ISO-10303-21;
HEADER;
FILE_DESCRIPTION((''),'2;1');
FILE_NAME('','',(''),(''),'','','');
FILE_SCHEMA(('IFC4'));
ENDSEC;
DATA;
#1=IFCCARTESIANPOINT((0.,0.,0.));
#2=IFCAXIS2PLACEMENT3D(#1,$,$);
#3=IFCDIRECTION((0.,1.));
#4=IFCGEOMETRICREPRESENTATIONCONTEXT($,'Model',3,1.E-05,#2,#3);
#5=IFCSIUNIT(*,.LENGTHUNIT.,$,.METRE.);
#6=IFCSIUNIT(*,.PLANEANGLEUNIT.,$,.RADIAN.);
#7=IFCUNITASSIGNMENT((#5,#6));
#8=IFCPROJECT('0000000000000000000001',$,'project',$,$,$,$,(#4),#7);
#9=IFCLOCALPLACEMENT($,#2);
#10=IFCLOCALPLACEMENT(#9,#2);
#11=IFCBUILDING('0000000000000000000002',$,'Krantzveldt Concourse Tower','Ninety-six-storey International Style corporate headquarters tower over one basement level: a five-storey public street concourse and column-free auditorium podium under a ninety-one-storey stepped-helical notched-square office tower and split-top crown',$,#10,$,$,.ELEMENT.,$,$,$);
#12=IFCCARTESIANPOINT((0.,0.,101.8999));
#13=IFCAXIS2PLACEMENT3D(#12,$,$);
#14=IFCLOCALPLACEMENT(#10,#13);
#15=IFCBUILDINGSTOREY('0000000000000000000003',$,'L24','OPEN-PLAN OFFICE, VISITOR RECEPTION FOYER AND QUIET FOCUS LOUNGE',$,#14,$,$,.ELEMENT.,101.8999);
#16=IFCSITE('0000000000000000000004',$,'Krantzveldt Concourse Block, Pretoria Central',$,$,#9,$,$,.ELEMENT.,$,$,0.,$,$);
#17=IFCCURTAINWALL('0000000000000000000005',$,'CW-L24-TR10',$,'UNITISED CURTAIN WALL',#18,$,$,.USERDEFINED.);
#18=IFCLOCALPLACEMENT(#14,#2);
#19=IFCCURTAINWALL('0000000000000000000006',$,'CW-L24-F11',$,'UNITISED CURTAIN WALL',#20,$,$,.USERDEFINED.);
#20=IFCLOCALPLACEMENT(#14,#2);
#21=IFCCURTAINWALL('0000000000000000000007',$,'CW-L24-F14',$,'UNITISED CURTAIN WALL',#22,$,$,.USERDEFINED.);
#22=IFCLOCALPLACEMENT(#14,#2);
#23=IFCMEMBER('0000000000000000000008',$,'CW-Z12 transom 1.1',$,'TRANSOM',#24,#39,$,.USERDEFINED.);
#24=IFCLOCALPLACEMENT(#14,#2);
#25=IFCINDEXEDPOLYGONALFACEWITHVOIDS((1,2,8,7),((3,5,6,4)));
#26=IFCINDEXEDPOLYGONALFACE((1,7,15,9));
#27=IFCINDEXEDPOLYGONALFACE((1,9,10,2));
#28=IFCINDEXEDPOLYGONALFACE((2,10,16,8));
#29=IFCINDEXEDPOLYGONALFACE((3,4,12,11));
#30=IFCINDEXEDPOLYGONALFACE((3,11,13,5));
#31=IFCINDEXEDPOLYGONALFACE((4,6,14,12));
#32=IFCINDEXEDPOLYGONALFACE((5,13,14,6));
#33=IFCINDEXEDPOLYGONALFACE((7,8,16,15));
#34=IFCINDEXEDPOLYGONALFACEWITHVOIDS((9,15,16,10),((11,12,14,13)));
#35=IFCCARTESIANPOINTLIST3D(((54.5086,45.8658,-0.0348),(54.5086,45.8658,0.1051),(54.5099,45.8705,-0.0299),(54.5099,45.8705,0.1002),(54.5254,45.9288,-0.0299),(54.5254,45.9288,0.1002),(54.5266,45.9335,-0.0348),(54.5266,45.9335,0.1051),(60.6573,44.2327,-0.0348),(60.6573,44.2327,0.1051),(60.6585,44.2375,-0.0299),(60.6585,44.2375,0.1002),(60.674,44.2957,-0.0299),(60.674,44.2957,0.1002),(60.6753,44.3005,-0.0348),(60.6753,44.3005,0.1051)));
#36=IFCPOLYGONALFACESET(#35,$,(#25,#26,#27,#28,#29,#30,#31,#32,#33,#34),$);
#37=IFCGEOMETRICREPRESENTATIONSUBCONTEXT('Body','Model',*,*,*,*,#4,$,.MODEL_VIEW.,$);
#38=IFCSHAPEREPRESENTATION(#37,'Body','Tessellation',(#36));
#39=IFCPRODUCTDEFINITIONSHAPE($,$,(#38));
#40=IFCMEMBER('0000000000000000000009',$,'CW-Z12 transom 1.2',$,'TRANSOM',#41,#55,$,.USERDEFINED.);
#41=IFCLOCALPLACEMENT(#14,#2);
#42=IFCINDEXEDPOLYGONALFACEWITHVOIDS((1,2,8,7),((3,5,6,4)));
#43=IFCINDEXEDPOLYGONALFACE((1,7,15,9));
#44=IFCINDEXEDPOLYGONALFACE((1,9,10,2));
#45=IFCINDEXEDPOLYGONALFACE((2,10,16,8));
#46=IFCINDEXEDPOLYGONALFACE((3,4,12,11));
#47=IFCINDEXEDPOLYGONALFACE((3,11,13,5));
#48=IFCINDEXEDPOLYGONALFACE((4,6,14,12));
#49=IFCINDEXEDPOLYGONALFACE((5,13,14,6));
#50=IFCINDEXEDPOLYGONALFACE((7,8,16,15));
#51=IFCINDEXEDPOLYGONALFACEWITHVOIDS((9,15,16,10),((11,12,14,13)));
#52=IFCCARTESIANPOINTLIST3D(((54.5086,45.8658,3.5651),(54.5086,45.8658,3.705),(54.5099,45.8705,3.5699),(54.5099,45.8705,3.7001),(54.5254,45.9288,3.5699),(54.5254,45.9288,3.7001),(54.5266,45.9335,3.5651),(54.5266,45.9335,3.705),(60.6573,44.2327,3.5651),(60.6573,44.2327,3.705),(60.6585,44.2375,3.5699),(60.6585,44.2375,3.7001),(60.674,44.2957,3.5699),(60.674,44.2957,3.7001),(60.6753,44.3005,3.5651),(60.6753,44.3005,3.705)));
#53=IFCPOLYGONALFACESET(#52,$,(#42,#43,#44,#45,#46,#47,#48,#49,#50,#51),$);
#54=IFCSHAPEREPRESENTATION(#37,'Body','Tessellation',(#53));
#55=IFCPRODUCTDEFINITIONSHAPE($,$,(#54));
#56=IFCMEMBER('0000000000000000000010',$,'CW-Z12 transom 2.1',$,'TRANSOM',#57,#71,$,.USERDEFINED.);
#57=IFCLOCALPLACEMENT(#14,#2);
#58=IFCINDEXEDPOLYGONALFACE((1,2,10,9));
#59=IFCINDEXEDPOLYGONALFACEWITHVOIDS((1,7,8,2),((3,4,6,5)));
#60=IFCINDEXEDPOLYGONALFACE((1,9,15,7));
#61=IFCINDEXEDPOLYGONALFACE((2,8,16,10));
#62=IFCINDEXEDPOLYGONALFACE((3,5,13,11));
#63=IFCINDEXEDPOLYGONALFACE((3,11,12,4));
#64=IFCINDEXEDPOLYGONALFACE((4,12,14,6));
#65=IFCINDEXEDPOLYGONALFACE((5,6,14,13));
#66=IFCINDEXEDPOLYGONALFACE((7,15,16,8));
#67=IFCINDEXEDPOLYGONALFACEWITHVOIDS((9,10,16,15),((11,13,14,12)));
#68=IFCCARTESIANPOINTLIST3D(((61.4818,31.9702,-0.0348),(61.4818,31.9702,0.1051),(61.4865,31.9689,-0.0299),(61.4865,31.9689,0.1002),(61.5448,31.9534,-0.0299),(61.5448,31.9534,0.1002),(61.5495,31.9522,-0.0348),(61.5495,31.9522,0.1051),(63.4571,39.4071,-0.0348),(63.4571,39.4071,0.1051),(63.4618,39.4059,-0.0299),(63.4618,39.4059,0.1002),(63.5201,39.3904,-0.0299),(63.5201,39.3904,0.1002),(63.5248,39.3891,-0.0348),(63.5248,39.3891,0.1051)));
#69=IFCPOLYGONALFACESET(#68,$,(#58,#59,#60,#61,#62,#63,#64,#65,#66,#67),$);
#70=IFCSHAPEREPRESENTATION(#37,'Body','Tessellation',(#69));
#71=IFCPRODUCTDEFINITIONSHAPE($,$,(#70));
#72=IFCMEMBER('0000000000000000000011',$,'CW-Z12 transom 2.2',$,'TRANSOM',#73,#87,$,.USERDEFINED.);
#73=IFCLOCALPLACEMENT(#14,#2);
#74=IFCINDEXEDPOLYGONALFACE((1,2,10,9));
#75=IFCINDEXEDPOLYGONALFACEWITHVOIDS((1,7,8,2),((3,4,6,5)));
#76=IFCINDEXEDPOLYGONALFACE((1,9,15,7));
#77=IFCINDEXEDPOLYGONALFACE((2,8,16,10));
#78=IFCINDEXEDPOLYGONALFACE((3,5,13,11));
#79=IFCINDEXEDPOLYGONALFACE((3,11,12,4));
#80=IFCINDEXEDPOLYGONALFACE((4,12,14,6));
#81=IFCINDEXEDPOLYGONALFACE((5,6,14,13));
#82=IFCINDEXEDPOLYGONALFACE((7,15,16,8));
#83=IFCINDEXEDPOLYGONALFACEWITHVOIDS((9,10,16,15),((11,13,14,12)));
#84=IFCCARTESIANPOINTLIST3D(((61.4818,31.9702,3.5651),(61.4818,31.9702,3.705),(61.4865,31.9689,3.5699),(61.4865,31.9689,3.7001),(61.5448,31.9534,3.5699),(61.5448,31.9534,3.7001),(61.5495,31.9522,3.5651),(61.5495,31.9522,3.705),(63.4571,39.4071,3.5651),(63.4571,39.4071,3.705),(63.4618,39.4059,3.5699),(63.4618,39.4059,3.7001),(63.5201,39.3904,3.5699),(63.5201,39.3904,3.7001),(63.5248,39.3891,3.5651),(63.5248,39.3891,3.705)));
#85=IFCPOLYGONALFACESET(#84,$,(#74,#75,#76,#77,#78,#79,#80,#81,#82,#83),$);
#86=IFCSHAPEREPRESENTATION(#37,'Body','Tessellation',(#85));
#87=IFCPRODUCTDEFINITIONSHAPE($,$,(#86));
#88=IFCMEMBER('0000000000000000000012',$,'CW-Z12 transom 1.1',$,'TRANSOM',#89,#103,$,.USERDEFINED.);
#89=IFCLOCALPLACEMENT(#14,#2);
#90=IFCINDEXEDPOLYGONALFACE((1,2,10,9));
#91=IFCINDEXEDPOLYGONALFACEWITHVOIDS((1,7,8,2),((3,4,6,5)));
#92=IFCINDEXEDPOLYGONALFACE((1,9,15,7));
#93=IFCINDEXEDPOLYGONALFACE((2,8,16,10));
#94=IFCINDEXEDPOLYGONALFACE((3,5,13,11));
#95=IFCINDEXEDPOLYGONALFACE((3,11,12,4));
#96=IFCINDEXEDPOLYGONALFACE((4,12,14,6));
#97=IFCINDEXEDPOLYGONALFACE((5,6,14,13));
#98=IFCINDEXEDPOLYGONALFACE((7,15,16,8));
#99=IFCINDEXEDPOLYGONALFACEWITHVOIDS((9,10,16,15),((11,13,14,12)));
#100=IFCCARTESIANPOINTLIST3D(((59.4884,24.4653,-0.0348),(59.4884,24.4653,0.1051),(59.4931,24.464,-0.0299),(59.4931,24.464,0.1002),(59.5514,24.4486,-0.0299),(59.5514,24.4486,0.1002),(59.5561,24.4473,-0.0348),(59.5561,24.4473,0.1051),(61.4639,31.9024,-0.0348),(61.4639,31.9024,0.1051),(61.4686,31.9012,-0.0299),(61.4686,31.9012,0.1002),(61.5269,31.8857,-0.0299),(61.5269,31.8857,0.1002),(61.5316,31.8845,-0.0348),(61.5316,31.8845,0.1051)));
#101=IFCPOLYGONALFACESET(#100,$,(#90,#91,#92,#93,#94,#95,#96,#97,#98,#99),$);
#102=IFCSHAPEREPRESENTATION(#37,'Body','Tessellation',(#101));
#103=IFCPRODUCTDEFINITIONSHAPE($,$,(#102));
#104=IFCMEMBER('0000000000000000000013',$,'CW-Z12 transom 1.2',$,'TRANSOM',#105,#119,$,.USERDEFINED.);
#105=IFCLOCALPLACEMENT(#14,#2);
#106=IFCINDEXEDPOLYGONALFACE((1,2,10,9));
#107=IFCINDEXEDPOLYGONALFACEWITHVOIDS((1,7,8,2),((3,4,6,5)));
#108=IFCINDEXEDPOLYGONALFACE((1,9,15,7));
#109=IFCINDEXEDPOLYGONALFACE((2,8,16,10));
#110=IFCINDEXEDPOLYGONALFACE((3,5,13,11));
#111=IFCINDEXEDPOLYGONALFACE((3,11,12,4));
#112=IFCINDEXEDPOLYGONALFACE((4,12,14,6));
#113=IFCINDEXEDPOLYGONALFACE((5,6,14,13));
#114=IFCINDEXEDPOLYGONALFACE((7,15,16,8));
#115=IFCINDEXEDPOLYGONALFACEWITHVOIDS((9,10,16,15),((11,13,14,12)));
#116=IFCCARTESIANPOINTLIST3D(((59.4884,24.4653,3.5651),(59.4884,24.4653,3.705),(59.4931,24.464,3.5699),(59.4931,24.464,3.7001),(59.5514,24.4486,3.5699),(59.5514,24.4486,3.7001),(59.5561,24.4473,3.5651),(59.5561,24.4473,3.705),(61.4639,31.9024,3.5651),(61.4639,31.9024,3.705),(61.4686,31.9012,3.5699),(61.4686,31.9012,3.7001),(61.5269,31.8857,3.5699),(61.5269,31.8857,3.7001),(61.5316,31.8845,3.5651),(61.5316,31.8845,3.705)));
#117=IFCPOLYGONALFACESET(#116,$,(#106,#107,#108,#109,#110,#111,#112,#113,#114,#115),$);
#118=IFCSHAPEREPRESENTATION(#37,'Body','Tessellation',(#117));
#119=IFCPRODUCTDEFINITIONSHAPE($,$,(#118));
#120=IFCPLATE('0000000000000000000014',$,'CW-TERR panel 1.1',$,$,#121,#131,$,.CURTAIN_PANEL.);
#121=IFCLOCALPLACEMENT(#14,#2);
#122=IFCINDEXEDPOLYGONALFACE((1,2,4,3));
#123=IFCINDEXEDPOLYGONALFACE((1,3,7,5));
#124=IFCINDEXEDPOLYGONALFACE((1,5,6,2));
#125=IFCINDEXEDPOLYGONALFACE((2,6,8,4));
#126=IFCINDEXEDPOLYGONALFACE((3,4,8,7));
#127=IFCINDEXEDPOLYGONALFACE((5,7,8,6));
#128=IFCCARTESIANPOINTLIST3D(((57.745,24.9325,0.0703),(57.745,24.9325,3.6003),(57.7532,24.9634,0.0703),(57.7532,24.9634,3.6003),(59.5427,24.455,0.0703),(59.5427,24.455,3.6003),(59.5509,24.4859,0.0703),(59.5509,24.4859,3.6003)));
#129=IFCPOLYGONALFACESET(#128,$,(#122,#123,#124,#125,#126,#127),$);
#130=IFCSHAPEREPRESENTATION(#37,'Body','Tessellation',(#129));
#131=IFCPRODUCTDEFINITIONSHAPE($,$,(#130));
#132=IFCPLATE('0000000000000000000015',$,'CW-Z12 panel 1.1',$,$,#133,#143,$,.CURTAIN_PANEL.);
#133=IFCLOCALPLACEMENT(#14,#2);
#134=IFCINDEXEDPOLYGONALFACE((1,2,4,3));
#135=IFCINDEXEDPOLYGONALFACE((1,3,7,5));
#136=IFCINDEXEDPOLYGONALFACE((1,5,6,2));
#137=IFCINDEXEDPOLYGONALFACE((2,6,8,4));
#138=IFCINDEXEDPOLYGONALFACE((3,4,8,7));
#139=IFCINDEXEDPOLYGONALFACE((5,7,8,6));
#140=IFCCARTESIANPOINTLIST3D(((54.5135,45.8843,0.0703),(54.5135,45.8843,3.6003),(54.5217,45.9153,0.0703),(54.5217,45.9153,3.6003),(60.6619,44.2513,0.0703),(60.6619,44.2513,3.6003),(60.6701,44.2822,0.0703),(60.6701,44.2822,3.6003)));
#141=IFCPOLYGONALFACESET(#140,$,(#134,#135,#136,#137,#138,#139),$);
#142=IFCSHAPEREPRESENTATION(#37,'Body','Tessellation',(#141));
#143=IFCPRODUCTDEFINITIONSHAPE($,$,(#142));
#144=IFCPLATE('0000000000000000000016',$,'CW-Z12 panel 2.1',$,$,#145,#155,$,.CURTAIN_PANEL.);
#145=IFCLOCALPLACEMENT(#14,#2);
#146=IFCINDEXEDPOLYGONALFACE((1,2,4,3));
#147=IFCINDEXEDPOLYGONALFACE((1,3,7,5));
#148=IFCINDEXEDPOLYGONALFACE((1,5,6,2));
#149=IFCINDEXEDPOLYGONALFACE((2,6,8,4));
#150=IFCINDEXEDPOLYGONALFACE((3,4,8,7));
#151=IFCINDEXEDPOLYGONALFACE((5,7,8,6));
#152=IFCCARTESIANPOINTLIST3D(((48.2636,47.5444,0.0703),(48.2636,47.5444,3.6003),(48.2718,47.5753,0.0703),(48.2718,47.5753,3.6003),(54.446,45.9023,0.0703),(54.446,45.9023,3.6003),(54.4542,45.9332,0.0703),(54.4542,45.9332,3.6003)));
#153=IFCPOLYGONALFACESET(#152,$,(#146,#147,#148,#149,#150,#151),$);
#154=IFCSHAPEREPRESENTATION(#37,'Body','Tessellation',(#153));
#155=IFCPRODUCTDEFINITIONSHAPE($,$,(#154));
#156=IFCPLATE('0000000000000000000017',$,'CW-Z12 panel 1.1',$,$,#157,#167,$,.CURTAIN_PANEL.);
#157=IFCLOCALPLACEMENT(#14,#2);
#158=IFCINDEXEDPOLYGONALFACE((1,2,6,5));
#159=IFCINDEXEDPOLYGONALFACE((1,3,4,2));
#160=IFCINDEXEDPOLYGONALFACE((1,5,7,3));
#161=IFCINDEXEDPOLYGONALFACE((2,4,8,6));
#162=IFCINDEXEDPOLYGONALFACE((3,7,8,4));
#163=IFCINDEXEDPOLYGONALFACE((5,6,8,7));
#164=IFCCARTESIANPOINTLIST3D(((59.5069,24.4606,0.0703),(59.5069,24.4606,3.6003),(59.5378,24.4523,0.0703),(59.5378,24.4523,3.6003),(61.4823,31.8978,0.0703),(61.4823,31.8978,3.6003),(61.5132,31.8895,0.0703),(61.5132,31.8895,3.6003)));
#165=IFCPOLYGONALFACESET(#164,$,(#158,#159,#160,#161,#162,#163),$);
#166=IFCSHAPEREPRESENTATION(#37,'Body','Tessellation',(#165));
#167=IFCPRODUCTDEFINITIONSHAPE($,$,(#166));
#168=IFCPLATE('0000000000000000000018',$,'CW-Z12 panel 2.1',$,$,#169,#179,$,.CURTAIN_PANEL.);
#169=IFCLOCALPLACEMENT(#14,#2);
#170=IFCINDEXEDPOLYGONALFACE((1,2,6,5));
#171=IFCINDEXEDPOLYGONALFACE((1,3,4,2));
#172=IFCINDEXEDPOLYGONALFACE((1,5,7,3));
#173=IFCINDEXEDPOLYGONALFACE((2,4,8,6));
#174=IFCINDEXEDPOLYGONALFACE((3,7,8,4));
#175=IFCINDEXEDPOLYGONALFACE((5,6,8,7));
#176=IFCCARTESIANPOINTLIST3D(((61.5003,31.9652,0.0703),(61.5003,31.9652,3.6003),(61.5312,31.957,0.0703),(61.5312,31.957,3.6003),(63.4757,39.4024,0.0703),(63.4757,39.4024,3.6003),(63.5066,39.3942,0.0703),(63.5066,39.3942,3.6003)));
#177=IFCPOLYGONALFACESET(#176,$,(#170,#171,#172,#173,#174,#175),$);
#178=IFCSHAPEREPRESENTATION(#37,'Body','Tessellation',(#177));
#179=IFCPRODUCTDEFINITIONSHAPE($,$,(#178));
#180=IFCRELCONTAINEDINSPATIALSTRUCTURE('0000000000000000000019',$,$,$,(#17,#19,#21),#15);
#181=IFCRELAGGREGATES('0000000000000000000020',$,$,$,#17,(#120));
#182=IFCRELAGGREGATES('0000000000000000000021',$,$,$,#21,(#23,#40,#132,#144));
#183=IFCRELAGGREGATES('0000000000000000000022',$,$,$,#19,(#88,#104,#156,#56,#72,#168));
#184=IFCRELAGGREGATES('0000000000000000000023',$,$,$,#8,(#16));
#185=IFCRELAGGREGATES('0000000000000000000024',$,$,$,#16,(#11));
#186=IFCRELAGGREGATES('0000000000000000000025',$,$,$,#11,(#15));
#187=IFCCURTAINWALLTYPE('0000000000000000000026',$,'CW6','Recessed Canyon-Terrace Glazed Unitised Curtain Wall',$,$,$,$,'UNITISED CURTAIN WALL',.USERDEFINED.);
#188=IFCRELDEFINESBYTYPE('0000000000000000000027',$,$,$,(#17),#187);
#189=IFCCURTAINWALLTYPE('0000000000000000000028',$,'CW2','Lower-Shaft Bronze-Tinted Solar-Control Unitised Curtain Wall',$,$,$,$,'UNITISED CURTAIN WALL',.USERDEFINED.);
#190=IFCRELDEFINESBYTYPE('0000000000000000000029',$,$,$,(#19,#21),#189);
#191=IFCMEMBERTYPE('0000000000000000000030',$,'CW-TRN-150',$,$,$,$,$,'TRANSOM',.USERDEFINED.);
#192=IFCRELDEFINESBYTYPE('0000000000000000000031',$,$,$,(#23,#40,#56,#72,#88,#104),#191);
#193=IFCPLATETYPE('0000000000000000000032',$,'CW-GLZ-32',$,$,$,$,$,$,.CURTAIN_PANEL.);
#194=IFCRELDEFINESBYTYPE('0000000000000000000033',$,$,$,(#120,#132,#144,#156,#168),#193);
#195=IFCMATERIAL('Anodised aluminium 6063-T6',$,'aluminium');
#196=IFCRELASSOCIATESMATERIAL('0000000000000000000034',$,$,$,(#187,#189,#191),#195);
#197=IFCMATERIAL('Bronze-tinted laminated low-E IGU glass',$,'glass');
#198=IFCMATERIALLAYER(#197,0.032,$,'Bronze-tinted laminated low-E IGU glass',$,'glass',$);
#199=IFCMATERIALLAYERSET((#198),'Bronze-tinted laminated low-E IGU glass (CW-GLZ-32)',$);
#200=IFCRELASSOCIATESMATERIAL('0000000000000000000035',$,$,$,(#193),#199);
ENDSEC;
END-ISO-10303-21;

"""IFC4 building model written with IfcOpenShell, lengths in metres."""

from ifc_helpers import new_model, si_unit, direction, frame, origin, origin_2d, place, context, subcontext, project, spatial, rectangle, hollow_rectangle, extrude, source, transform, mapped, material, layer, layer_set, material_profile, profile_set, type_object, type_shapes, element, aggregate, save


model = new_model("IFC4")

# Units and contexts
model_context = context("Model", 3, precision=1e-05, world=origin(), true_north=direction((0.0, 1.0)))
body_context = subcontext(model_context, "Body", "Model", "MODEL_VIEW")
ifc_project = project(units=[si_unit("LENGTHUNIT", "METRE"), si_unit("PLANEANGLEUNIT", "RADIAN")], contexts=[model_context])

# Site, building, storey
site_placement = place(None, origin())
site = spatial("IfcSite", under=ifc_project, at=site_placement, Name="Krantzveldt Concourse Block, Pretoria Central", CompositionType="ELEMENT", RefElevation=0.0)
building_placement = place(site_placement, origin())
building = spatial("IfcBuilding", under=site, at=building_placement, Name="Krantzveldt Concourse Tower", Description="Ninety-six-storey International Style corporate headquarters tower over one basement level: a five-storey public street concourse and column-free auditorium podium under a ninety-one-storey stepped-helical notched-square office tower and split-top crown", CompositionType="ELEMENT")
storey_placement = place(building_placement, frame((0.0, 0.0, 101.8999)))
storey = spatial("IfcBuildingStorey", under=building, at=storey_placement, Name="L24", Description="OPEN-PLAN OFFICE, VISITOR RECEPTION FOYER AND QUIET FOCUS LOUNGE", CompositionType="ELEMENT", Elevation=101.8999)

# Curtain walls
ifc_material_1 = material(Name="Anodised aluminium 6063-T6", Category="aluminium")
curtain_wall_type_1 = type_object("IfcCurtainWallType", Name="CW6", Description="Recessed Canyon-Terrace Glazed Unitised Curtain Wall", ElementType="UNITISED CURTAIN WALL", PredefinedType="USERDEFINED", material=ifc_material_1)
curtain_wall_1_placement = place(storey_placement, origin())
curtain_wall_1 = element("IfcCurtainWall", 1, at=curtain_wall_1_placement, inside=storey, type_object=curtain_wall_type_1, Name="CW-L24-TR10", ObjectType="UNITISED CURTAIN WALL", PredefinedType="USERDEFINED")
curtain_wall_type_2 = type_object("IfcCurtainWallType", Name="CW2", Description="Lower-Shaft Bronze-Tinted Solar-Control Unitised Curtain Wall", ElementType="UNITISED CURTAIN WALL", PredefinedType="USERDEFINED", material=ifc_material_1)
curtain_wall_2_placement = place(storey_placement, origin())
curtain_wall_2 = element("IfcCurtainWall", 2, at=curtain_wall_2_placement, inside=storey, type_object=curtain_wall_type_2, Name="CW-L24-F11", ObjectType="UNITISED CURTAIN WALL", PredefinedType="USERDEFINED")
curtain_wall_3_placement = place(storey_placement, origin())
curtain_wall_3 = element("IfcCurtainWall", 3, at=curtain_wall_3_placement, inside=storey, type_object=curtain_wall_type_2, Name="CW-L24-F14", ObjectType="UNITISED CURTAIN WALL", PredefinedType="USERDEFINED")

# Members
ifc_material_profile_1 = material_profile(ifc_material_1, hollow_rectangle(XDim=0.0701, YDim=0.1399, WallThickness=0.0049, at=origin_2d()), Name="Anodised aluminium 6063-T6", Category="aluminium")
ifc_profile_set_1 = profile_set([ifc_material_profile_1], Name="Anodised aluminium 6063-T6 - ALU-TRAN 140x70x5")
member_type_1 = type_object("IfcMemberType", Name="CW-TRN-150", ElementType="TRANSOM", PredefinedType="USERDEFINED", material=ifc_profile_set_1)
shared_shape_1 = source(origin(), body_context, "Body", "SweptSolid", [
    extrude(hollow_rectangle(XDim=0.0701, YDim=0.1399, WallThickness=0.0049, at=origin_2d()), origin(), (0.0, 0.0, 1.0), 6.3618),
])
member_1_placement = place(storey_placement, frame((60.6663, 44.2666, 0.0352), z_axis=(-0.966492, 0.256695, 0.0), x_axis=(-0.256695, -0.966492, 0.0)))
member_1 = element("IfcMember", 4, at=member_1_placement, type_object=member_type_1, Name="CW-Z12 transom 1.1", ObjectType="TRANSOM", PredefinedType="USERDEFINED", context=body_context, shape_type="MappedRepresentation", body=[
    mapped(shared_shape_1, transform((0.0, 0.0, 0.0), x_axis=(1.0, 0.0, 0.0), y_axis=(0.0, 1.0, 0.0), z_axis=(0.0, 0.0, 1.0), scale=1.0)),
])
member_2_placement = place(storey_placement, frame((60.6663, 44.2666, 3.635), z_axis=(-0.966492, 0.256695, 0.0), x_axis=(-0.256695, -0.966492, 0.0)))
member_2 = element("IfcMember", 5, at=member_2_placement, type_object=member_type_1, Name="CW-Z12 transom 1.2", ObjectType="TRANSOM", PredefinedType="USERDEFINED", context=body_context, shape_type="MappedRepresentation", body=[
    mapped(shared_shape_1, transform((0.0, 0.0, 0.0), x_axis=(1.0, 0.0, 0.0), y_axis=(0.0, 1.0, 0.0), z_axis=(0.0, 0.0, 1.0), scale=1.0)),
])
shared_shape_2 = source(origin(), body_context, "Body", "SweptSolid", [
    extrude(hollow_rectangle(XDim=0.0701, YDim=0.1399, WallThickness=0.0049, at=origin_2d()), origin(), (0.0, 0.0, 1.0), 7.6948),
])
member_3_placement = place(storey_placement, frame((61.5156, 31.9612, 0.0352), z_axis=(0.256709, 0.966489, 0.0), x_axis=(-0.966489, 0.256709, 0.0)))
member_3 = element("IfcMember", 6, at=member_3_placement, type_object=member_type_1, Name="CW-Z12 transom 2.1", ObjectType="TRANSOM", PredefinedType="USERDEFINED", context=body_context, shape_type="MappedRepresentation", body=[
    mapped(shared_shape_2, transform((0.0, 0.0, 0.0), x_axis=(1.0, 0.0, 0.0), y_axis=(0.0, 1.0, 0.0), z_axis=(0.0, 0.0, 1.0), scale=1.0)),
])
member_4_placement = place(storey_placement, frame((61.5156, 31.9612, 3.635), z_axis=(0.256709, 0.966489, 0.0), x_axis=(-0.966489, 0.256709, 0.0)))
member_4 = element("IfcMember", 7, at=member_4_placement, type_object=member_type_1, Name="CW-Z12 transom 2.2", ObjectType="TRANSOM", PredefinedType="USERDEFINED", context=body_context, shape_type="MappedRepresentation", body=[
    mapped(shared_shape_2, transform((0.0, 0.0, 0.0), x_axis=(1.0, 0.0, 0.0), y_axis=(0.0, 1.0, 0.0), z_axis=(0.0, 0.0, 1.0), scale=1.0)),
])
shared_shape_3 = source(origin(), body_context, "Body", "SweptSolid", [
    extrude(hollow_rectangle(XDim=0.0701, YDim=0.1399, WallThickness=0.0049, at=origin_2d()), origin(), (0.0, 0.0, 1.0), 7.6951),
])
member_5_placement = place(storey_placement, frame((59.5222, 24.4563, 0.0352), z_axis=(0.25673, 0.966483, 0.0), x_axis=(-0.966483, 0.25673, 0.0)))
member_5 = element("IfcMember", 8, at=member_5_placement, type_object=member_type_1, Name="CW-Z12 transom 1.1", ObjectType="TRANSOM", PredefinedType="USERDEFINED", context=body_context, shape_type="MappedRepresentation", body=[
    mapped(shared_shape_3, transform((0.0, 0.0, 0.0), x_axis=(1.0, 0.0, 0.0), y_axis=(0.0, 1.0, 0.0), z_axis=(0.0, 0.0, 1.0), scale=1.0)),
])
member_6_placement = place(storey_placement, frame((59.5222, 24.4563, 3.635), z_axis=(0.25673, 0.966483, 0.0), x_axis=(-0.966483, 0.25673, 0.0)))
member_6 = element("IfcMember", 9, at=member_6_placement, type_object=member_type_1, Name="CW-Z12 transom 1.2", ObjectType="TRANSOM", PredefinedType="USERDEFINED", context=body_context, shape_type="MappedRepresentation", body=[
    mapped(shared_shape_3, transform((0.0, 0.0, 0.0), x_axis=(1.0, 0.0, 0.0), y_axis=(0.0, 1.0, 0.0), z_axis=(0.0, 0.0, 1.0), scale=1.0)),
])

# Plates
ifc_material_2 = material(Name="Bronze-tinted laminated low-E IGU glass", Category="glass")
ifc_layer_1 = layer(ifc_material_2, 0.032, Name="Bronze-tinted laminated low-E IGU glass", Category="glass")
ifc_layer_set_1 = layer_set([ifc_layer_1], Name="Bronze-tinted laminated low-E IGU glass (CW-GLZ-32)")
plate_type = type_object("IfcPlateType", Name="CW-GLZ-32", PredefinedType="CURTAIN_PANEL", material=ifc_layer_set_1)
shared_shape_4 = source(origin(), body_context, "Body", "SweptSolid", [
    extrude(rectangle(XDim=1.8601, YDim=0.032, at=origin_2d()), origin(), (0.0, 0.0, 1.0), 3.53),
])
plate_1_placement = place(storey_placement, frame((58.6479, 24.7092, 0.0703), z_axis=(0.0, 0.0, 1.0), x_axis=(0.966489, -0.25671, 0.0)))
plate_1 = element("IfcPlate", 10, at=plate_1_placement, type_object=plate_type, Name="CW-TERR panel 1.1", PredefinedType="CURTAIN_PANEL", context=body_context, shape_type="MappedRepresentation", body=[
    mapped(shared_shape_4, transform((0.0, 0.0, 0.0), x_axis=(1.0, 0.0, 0.0), y_axis=(0.0, 1.0, 0.0), z_axis=(0.0, 0.0, 1.0), scale=1.0)),
])
aggregate(curtain_wall_1, [plate_1])
shared_shape_5 = source(origin(), body_context, "Body", "SweptSolid", [
    extrude(rectangle(XDim=6.3616, YDim=0.032, at=origin_2d()), origin(), (0.0, 0.0, 1.0), 3.53),
])
plate_2_placement = place(storey_placement, frame((57.5918, 45.0833, 0.0703), z_axis=(0.0, 0.0, 1.0), x_axis=(-0.966488, 0.256711, 0.0)))
plate_2 = element("IfcPlate", 11, at=plate_2_placement, type_object=plate_type, Name="CW-Z12 panel 1.1", PredefinedType="CURTAIN_PANEL", context=body_context, shape_type="MappedRepresentation", body=[
    mapped(shared_shape_5, transform((0.0, 0.0, 0.0), x_axis=(1.0, 0.0, 0.0), y_axis=(0.0, 1.0, 0.0), z_axis=(0.0, 0.0, 1.0), scale=1.0)),
])
shared_shape_6 = source(origin(), body_context, "Body", "SweptSolid", [
    extrude(rectangle(XDim=6.3967, YDim=0.032, at=origin_2d()), origin(), (0.0, 0.0, 1.0), 3.53),
])
plate_3_placement = place(storey_placement, frame((51.3589, 46.7388, 0.0703), z_axis=(0.0, 0.0, 1.0), x_axis=(-0.966488, 0.256711, 0.0)))
plate_3 = element("IfcPlate", 12, at=plate_3_placement, type_object=plate_type, Name="CW-Z12 panel 2.1", PredefinedType="CURTAIN_PANEL", context=body_context, shape_type="MappedRepresentation", body=[
    mapped(shared_shape_6, transform((0.0, 0.0, 0.0), x_axis=(1.0, 0.0, 0.0), y_axis=(0.0, 1.0, 0.0), z_axis=(0.0, 0.0, 1.0), scale=1.0)),
])
aggregate(curtain_wall_3, [member_1, member_2, plate_2, plate_3])
shared_shape_7 = source(origin(), body_context, "Body", "SweptSolid", [
    extrude(rectangle(XDim=7.6951, YDim=0.032, at=origin_2d()), origin(), (0.0, 0.0, 1.0), 3.53),
])
type_shapes(plate_type, [shared_shape_4, shared_shape_5, shared_shape_6, shared_shape_7])
plate_4_placement = place(storey_placement, frame((60.51, 28.175, 0.0703), z_axis=(0.0, 0.0, 1.0), x_axis=(0.256711, 0.966488, 0.0)))
plate_4 = element("IfcPlate", 13, at=plate_4_placement, type_object=plate_type, Name="CW-Z12 panel 1.1", PredefinedType="CURTAIN_PANEL", context=body_context, shape_type="MappedRepresentation", body=[
    mapped(shared_shape_7, transform((0.0, 0.0, 0.0), x_axis=(1.0, 0.0, 0.0), y_axis=(0.0, 1.0, 0.0), z_axis=(0.0, 0.0, 1.0), scale=1.0)),
])
plate_5_placement = place(storey_placement, frame((62.5034, 35.6797, 0.0703), z_axis=(0.0, 0.0, 1.0), x_axis=(0.256711, 0.966488, 0.0)))
plate_5 = element("IfcPlate", 14, at=plate_5_placement, type_object=plate_type, Name="CW-Z12 panel 2.1", PredefinedType="CURTAIN_PANEL", context=body_context, shape_type="MappedRepresentation", body=[
    mapped(shared_shape_7, transform((0.0, 0.0, 0.0), x_axis=(1.0, 0.0, 0.0), y_axis=(0.0, 1.0, 0.0), z_axis=(0.0, 0.0, 1.0), scale=1.0)),
])
aggregate(curtain_wall_2, [member_5, member_6, plate_4, member_3, member_4, plate_5])

save(model, "model.ifc")
